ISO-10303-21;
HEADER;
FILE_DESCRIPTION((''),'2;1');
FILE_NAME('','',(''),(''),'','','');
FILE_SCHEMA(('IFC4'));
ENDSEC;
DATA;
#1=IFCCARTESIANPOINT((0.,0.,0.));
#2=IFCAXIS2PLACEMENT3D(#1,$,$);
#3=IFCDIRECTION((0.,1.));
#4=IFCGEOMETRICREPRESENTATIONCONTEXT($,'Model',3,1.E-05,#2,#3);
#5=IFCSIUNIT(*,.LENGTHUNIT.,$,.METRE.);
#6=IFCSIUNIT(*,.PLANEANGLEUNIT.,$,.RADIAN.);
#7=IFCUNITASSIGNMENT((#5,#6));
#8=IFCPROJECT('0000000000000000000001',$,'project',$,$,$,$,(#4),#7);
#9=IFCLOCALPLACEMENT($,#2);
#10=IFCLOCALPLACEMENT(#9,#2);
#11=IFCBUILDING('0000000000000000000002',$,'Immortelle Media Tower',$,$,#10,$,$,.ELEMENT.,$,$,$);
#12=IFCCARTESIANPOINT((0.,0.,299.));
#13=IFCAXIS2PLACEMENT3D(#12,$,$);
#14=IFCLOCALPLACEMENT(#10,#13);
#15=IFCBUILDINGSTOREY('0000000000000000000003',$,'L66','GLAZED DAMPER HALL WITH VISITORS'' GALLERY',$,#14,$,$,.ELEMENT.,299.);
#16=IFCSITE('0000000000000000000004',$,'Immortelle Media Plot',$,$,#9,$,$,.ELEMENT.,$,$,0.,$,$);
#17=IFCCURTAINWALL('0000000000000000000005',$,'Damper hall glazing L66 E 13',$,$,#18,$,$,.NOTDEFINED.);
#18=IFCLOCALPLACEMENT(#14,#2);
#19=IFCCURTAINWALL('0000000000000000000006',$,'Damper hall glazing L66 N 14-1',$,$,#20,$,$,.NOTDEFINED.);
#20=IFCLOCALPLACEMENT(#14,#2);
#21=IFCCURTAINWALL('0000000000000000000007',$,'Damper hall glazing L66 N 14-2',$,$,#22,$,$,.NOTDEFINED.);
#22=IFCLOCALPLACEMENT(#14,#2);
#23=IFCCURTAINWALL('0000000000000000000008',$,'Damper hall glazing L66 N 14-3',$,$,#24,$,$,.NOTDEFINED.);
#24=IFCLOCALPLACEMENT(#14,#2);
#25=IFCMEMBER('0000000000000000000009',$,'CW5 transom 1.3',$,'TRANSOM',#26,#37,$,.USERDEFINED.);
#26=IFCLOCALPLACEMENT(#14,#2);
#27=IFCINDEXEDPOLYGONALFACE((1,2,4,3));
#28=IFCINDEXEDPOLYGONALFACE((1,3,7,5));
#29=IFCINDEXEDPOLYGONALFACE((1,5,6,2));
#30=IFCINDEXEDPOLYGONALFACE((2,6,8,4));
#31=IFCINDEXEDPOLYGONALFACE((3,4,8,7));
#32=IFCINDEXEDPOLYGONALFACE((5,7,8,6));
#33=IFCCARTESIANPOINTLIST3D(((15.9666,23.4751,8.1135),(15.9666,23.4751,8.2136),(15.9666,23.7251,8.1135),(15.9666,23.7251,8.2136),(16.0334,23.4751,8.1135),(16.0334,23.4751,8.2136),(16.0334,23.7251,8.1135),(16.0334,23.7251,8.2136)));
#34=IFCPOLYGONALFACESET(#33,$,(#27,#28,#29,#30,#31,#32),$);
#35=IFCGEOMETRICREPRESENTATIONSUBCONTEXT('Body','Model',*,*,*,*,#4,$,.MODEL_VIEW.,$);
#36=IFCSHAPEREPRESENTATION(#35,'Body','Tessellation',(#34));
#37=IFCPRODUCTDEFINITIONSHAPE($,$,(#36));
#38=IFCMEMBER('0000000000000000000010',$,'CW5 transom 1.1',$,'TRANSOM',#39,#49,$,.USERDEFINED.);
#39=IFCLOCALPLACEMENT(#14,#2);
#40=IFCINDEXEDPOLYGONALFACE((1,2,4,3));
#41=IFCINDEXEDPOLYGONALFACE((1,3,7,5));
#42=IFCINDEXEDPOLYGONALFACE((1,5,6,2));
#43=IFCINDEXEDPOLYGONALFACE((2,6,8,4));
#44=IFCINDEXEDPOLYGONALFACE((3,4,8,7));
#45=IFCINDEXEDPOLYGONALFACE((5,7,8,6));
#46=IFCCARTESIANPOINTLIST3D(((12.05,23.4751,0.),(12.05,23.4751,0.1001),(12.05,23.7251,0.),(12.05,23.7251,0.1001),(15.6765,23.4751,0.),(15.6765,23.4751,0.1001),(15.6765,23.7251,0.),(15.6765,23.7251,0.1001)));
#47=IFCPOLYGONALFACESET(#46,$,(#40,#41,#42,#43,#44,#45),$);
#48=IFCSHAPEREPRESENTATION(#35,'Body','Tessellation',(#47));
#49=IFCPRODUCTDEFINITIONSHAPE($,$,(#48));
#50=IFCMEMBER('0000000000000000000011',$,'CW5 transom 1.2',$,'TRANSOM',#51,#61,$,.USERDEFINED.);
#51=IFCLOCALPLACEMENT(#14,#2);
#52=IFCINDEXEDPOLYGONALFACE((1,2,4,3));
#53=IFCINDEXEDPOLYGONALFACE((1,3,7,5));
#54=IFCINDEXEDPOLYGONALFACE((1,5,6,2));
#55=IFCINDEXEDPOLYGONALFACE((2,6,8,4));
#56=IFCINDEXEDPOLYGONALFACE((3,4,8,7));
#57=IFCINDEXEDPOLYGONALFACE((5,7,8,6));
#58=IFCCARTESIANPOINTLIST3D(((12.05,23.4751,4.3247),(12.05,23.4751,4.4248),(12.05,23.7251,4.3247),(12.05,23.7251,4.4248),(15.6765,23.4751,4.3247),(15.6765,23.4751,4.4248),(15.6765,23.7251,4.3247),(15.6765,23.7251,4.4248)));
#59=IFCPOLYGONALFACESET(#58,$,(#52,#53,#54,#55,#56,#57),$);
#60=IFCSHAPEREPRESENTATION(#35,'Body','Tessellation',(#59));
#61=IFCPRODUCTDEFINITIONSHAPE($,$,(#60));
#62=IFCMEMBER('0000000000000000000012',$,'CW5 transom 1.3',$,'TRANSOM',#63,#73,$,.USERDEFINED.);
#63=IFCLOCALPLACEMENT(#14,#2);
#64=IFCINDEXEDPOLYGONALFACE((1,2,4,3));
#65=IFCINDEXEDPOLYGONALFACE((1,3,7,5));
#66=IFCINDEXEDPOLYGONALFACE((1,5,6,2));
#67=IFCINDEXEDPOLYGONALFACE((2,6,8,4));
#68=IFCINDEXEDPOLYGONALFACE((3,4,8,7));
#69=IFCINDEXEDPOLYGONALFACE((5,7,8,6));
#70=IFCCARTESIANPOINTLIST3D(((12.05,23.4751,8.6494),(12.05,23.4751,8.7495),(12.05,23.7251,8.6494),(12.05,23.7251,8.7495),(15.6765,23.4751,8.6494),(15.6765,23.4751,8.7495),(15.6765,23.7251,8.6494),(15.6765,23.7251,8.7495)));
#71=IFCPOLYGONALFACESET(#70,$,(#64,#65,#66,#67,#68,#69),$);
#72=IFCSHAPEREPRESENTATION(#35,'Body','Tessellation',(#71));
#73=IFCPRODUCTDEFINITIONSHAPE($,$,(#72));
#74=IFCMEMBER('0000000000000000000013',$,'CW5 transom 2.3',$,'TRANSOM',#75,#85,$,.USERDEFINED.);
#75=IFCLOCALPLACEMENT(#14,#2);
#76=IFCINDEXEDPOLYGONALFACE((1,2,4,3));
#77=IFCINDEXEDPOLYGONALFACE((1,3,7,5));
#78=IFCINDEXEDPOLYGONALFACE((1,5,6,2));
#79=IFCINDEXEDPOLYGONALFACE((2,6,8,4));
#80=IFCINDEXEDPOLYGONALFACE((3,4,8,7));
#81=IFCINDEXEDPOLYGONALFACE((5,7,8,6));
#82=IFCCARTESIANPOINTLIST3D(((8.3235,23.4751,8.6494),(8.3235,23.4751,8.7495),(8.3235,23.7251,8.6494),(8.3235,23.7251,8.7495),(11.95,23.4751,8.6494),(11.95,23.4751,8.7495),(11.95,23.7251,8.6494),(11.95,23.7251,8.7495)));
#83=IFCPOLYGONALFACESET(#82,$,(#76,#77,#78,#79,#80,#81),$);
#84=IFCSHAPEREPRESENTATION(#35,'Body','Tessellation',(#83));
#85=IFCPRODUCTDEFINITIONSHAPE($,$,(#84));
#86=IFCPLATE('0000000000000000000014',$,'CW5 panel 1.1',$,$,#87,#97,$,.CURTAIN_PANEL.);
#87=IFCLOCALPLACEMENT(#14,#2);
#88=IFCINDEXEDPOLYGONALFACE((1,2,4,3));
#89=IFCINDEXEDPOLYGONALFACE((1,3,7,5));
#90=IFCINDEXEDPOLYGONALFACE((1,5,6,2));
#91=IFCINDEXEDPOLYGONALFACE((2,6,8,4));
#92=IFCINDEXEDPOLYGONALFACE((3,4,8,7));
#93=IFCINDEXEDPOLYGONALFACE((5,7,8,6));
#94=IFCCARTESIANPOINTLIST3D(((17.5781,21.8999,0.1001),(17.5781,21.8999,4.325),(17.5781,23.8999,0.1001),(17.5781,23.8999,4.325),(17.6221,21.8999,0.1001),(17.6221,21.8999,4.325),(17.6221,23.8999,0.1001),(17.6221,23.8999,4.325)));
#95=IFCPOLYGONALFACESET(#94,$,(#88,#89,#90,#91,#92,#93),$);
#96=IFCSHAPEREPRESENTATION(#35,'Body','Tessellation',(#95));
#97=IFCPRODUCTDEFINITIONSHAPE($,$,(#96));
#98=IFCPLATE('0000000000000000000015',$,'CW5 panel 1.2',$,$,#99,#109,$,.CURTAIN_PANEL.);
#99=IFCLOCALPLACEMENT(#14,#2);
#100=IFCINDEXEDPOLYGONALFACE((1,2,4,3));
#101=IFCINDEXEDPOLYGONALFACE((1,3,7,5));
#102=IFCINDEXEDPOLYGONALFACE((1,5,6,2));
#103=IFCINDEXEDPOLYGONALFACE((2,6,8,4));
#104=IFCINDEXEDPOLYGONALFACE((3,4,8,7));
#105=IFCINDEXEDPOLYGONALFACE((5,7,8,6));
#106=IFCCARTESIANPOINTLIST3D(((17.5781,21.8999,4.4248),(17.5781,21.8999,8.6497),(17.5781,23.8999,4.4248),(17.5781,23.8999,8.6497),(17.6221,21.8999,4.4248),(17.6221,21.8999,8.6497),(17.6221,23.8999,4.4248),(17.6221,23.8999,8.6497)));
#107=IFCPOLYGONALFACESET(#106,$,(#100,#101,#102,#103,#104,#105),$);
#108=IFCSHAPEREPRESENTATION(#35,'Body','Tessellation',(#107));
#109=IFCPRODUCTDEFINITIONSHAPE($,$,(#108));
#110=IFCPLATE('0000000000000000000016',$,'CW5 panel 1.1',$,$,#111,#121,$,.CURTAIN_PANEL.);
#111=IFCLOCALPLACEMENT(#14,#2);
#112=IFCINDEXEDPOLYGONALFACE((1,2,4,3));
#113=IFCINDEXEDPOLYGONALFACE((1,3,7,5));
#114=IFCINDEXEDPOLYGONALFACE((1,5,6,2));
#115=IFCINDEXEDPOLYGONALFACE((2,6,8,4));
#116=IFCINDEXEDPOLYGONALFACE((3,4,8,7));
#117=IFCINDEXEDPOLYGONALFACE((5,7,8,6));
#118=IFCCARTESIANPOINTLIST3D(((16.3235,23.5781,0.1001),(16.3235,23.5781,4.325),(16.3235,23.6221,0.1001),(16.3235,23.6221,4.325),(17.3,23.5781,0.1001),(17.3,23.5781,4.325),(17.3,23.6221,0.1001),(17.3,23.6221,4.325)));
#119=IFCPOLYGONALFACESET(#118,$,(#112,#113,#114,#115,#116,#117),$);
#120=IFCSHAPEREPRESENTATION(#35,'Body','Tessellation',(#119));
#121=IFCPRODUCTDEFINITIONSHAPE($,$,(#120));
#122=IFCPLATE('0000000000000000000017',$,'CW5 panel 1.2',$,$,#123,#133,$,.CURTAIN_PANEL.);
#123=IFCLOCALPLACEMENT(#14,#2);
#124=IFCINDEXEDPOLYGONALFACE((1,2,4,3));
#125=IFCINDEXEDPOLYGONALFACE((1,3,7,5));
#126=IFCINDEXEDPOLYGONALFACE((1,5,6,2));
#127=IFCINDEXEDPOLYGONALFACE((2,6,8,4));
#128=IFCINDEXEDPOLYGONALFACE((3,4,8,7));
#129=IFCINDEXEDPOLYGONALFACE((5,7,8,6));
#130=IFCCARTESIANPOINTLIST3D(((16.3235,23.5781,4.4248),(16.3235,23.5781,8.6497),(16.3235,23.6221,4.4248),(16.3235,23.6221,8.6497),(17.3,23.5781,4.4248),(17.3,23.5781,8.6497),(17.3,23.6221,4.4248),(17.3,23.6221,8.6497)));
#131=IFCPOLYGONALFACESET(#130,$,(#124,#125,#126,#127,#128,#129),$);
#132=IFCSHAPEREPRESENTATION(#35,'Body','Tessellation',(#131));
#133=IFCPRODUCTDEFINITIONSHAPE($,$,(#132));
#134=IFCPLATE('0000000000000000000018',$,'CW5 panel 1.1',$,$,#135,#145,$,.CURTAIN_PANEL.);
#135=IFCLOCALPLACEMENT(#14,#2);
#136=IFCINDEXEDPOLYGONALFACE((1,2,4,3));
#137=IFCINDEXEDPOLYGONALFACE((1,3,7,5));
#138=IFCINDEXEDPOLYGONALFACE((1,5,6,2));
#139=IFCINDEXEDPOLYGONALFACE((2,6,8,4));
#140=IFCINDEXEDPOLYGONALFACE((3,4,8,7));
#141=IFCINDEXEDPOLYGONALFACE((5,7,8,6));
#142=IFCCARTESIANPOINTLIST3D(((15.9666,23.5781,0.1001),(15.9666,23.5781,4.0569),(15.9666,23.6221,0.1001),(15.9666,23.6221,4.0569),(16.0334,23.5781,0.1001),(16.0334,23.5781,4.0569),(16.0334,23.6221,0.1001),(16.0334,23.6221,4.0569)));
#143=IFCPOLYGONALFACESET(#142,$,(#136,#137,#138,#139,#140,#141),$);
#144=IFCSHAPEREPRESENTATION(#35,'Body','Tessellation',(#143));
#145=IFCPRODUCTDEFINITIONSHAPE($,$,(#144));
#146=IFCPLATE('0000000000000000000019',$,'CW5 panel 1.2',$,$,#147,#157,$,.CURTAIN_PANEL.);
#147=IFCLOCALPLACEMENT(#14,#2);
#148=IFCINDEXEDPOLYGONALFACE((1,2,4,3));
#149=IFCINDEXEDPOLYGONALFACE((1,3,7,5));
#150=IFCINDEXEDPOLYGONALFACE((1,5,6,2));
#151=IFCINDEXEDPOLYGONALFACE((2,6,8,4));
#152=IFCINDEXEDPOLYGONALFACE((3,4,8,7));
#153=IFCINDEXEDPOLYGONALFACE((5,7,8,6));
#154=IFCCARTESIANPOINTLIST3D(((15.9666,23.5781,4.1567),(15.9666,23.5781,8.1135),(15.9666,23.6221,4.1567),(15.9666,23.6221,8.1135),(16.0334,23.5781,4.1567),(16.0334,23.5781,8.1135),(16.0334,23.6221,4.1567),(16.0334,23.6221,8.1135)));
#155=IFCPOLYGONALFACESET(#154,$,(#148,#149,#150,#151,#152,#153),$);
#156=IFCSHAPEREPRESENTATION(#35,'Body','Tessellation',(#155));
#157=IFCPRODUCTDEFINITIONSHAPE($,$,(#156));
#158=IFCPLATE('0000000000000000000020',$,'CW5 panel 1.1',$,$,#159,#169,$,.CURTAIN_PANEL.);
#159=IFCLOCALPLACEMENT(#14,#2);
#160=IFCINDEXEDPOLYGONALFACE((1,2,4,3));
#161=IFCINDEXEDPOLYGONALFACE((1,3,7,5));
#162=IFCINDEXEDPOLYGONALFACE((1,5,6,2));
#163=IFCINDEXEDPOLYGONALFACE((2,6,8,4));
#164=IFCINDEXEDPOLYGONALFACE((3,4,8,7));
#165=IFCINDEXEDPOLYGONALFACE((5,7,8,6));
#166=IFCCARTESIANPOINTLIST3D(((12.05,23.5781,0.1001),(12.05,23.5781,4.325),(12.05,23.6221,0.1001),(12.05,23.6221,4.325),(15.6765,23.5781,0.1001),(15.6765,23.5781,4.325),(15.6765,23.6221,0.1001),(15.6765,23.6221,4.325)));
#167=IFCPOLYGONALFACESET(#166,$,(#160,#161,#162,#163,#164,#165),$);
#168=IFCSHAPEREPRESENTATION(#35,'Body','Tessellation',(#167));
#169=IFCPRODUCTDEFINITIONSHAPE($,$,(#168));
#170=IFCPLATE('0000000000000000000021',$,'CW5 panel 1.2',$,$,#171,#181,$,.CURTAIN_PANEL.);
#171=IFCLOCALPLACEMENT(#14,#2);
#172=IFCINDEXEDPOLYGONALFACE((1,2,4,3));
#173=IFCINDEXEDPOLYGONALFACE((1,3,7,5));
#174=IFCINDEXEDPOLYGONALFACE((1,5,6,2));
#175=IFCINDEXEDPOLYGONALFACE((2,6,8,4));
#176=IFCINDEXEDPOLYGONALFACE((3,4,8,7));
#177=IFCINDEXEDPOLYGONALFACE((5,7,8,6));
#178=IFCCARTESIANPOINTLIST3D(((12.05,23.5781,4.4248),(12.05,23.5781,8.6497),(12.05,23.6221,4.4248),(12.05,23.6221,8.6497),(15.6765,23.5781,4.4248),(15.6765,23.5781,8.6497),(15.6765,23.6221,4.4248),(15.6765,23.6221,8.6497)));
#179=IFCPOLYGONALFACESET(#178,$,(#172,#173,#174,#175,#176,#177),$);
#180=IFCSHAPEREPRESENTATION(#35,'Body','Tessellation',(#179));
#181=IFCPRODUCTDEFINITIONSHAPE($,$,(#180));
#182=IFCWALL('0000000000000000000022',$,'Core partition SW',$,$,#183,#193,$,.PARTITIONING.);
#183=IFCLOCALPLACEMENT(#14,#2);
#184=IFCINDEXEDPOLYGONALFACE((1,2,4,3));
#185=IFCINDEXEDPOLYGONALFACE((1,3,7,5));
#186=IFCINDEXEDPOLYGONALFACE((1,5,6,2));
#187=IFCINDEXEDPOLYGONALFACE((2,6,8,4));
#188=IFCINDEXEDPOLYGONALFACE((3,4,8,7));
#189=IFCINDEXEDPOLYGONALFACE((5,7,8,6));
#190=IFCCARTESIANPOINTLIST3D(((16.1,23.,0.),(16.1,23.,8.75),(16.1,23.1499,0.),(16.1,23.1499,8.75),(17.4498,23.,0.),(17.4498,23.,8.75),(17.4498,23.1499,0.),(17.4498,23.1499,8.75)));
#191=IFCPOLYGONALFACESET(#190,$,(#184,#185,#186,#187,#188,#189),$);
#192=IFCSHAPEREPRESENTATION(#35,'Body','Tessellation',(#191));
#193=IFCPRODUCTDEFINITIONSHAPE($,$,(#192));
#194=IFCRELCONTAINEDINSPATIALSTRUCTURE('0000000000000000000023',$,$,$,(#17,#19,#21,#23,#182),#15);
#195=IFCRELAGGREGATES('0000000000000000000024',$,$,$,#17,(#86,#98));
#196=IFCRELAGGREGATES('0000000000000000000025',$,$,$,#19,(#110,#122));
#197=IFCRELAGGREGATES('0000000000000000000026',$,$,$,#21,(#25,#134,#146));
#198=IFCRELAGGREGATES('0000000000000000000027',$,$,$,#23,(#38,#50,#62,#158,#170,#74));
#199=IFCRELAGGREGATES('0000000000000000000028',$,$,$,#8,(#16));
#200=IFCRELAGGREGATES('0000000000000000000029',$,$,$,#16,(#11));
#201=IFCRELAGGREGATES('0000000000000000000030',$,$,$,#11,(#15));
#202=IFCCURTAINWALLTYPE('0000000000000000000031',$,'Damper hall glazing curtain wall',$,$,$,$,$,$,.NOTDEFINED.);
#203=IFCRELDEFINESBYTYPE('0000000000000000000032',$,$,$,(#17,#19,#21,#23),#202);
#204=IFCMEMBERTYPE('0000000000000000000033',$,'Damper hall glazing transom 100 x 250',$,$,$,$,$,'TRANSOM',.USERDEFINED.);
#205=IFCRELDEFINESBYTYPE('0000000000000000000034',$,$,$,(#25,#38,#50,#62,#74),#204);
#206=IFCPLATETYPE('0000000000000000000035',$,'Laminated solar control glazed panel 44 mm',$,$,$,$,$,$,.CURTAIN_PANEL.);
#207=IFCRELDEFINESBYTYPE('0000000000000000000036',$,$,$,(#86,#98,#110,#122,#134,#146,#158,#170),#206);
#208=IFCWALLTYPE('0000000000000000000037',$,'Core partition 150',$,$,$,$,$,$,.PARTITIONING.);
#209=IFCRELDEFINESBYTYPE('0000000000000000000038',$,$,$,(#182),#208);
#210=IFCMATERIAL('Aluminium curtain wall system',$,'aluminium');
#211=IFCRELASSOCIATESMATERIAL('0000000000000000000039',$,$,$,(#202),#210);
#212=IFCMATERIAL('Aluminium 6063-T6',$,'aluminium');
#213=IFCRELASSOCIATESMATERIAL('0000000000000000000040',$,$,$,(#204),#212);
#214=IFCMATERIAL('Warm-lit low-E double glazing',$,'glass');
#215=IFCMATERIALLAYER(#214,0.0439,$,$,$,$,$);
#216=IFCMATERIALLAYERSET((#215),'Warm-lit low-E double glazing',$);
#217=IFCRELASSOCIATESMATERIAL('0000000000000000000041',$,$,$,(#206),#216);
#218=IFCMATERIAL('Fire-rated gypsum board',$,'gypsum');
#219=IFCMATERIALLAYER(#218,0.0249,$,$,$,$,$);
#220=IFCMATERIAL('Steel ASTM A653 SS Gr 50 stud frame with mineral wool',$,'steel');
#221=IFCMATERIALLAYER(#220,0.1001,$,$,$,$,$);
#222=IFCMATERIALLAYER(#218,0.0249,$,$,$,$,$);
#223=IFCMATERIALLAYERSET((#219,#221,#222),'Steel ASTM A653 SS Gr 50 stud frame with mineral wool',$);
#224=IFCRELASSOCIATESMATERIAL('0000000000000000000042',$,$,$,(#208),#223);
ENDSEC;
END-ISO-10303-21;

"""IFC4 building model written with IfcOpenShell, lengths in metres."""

from ifc_helpers import new_model, si_unit, direction, frame, frame_2d, origin, origin_2d, place, context, subcontext, project, spatial, rectangle, extrude, material, layer, layer_set, material_profile, profile_set, type_object, element, aggregate, save


model = new_model("IFC4")

# Units and contexts
model_context = context("Model", 3, precision=1e-05, world=origin(), true_north=direction((0.0, 1.0)))
body_context = subcontext(model_context, "Body", "Model", "MODEL_VIEW")
ifc_project = project(units=[si_unit("LENGTHUNIT", "METRE"), si_unit("PLANEANGLEUNIT", "RADIAN")], contexts=[model_context])

# Site, building, storey
site_placement = place(None, origin())
site = spatial("IfcSite", under=ifc_project, at=site_placement, Name="Immortelle Media Plot", CompositionType="ELEMENT", RefElevation=0.0)
building_placement = place(site_placement, origin())
building = spatial("IfcBuilding", under=site, at=building_placement, Name="Immortelle Media Tower", CompositionType="ELEMENT")
storey_placement = place(building_placement, frame((0.0, 0.0, 299.0)))
storey = spatial("IfcBuildingStorey", under=building, at=storey_placement, Name="L66", Description="GLAZED DAMPER HALL WITH VISITORS' GALLERY", CompositionType="ELEMENT", Elevation=299.0)

# Curtain wall
ifc_material_1 = material(Name="Aluminium curtain wall system", Category="aluminium")
curtain_wall_type = type_object("IfcCurtainWallType", Name="Damper hall glazing curtain wall", PredefinedType="NOTDEFINED", material=ifc_material_1)
ifc_material_2 = material(Name="Aluminium 6063-T6", Category="aluminium")
curtain_wall_1_placement = place(storey_placement, origin())
curtain_wall_1 = element("IfcCurtainWall", 1, at=curtain_wall_1_placement, inside=storey, type_object=curtain_wall_type, Name="Damper hall glazing L66 E 13", PredefinedType="NOTDEFINED")

# Curtain walls
curtain_wall_2_placement = place(storey_placement, origin())
curtain_wall_2 = element("IfcCurtainWall", 2, at=curtain_wall_2_placement, inside=storey, type_object=curtain_wall_type, Name="Damper hall glazing L66 N 14-1", PredefinedType="NOTDEFINED")
curtain_wall_3_placement = place(storey_placement, origin())
curtain_wall_3 = element("IfcCurtainWall", 3, at=curtain_wall_3_placement, inside=storey, type_object=curtain_wall_type, Name="Damper hall glazing L66 N 14-2", PredefinedType="NOTDEFINED")
curtain_wall_4_placement = place(storey_placement, origin())
curtain_wall_4 = element("IfcCurtainWall", 4, at=curtain_wall_4_placement, inside=storey, type_object=curtain_wall_type, Name="Damper hall glazing L66 N 14-3", PredefinedType="NOTDEFINED")

# Members
ifc_material_profile_1 = material_profile(ifc_material_2, rectangle(XDim=0.25, YDim=0.1001, at=origin_2d()), Name="AL 100x250")
ifc_profile_set_1 = profile_set([ifc_material_profile_1], Name="Aluminium 6063-T6")
member_type_1 = type_object("IfcMemberType", Name="Damper hall glazing transom 100 x 250", ElementType="TRANSOM", PredefinedType="USERDEFINED", material=ifc_profile_set_1)
member_1_placement = place(storey_placement, frame((16.0334, 23.6001, 8.1636), z_axis=(-1.0, 0.0, 0.0), x_axis=(0.0, -1.0, 0.0)))
member_1 = element("IfcMember", 5, at=member_1_placement, type_object=member_type_1, Name="CW5 transom 1.3", ObjectType="TRANSOM", PredefinedType="USERDEFINED", context=body_context, shape_type="SweptSolid", body=[
    extrude(rectangle(XDim=0.25, YDim=0.1001, at=origin_2d()), origin(), (0.0, 0.0, 1.0), 0.0669),
])
member_2_placement = place(storey_placement, frame((15.6765, 23.6001, 0.05), z_axis=(-1.0, 0.0, 0.0), x_axis=(0.0, -1.0, 0.0)))
member_2 = element("IfcMember", 6, at=member_2_placement, type_object=member_type_1, Name="CW5 transom 1.1", ObjectType="TRANSOM", PredefinedType="USERDEFINED", context=body_context, shape_type="SweptSolid", body=[
    extrude(rectangle(XDim=0.25, YDim=0.1001, at=origin_2d()), origin(), (0.0, 0.0, 1.0), 3.6265),
])
member_3_placement = place(storey_placement, frame((15.6765, 23.6001, 4.3748), z_axis=(-1.0, 0.0, 0.0), x_axis=(0.0, -1.0, 0.0)))
member_3 = element("IfcMember", 7, at=member_3_placement, type_object=member_type_1, Name="CW5 transom 1.2", ObjectType="TRANSOM", PredefinedType="USERDEFINED", context=body_context, shape_type="SweptSolid", body=[
    extrude(rectangle(XDim=0.25, YDim=0.1001, at=origin_2d()), origin(), (0.0, 0.0, 1.0), 3.6265),
])
member_4_placement = place(storey_placement, frame((15.6765, 23.6001, 8.6995), z_axis=(-1.0, 0.0, 0.0), x_axis=(0.0, -1.0, 0.0)))
member_4 = element("IfcMember", 8, at=member_4_placement, type_object=member_type_1, Name="CW5 transom 1.3", ObjectType="TRANSOM", PredefinedType="USERDEFINED", context=body_context, shape_type="SweptSolid", body=[
    extrude(rectangle(XDim=0.25, YDim=0.1001, at=origin_2d()), origin(), (0.0, 0.0, 1.0), 3.6265),
])
member_5_placement = place(storey_placement, frame((11.95, 23.6001, 8.6995), z_axis=(-1.0, 0.0, 0.0), x_axis=(0.0, -1.0, 0.0)))
member_5 = element("IfcMember", 9, at=member_5_placement, type_object=member_type_1, Name="CW5 transom 2.3", ObjectType="TRANSOM", PredefinedType="USERDEFINED", context=body_context, shape_type="SweptSolid", body=[
    extrude(rectangle(XDim=0.25, YDim=0.1001, at=origin_2d()), origin(), (0.0, 0.0, 1.0), 3.6265),
])

# Plates
ifc_material_3 = material(Name="Warm-lit low-E double glazing", Category="glass")
ifc_layer_1 = layer(ifc_material_3, 0.0439)
ifc_layer_set_1 = layer_set([ifc_layer_1], Name="Warm-lit low-E double glazing")
plate_type = type_object("IfcPlateType", Name="Laminated solar control glazed panel 44 mm", PredefinedType="CURTAIN_PANEL", material=ifc_layer_set_1)
plate_1_placement = place(storey_placement, frame((17.6001, 22.8999, 0.1001), z_axis=(0.0, 0.0, 1.0), x_axis=(0.0, 1.0, 0.0)))
plate_1 = element("IfcPlate", 10, at=plate_1_placement, type_object=plate_type, Name="CW5 panel 1.1", PredefinedType="CURTAIN_PANEL", context=body_context, shape_type="SweptSolid", body=[
    extrude(rectangle(XDim=2.0, YDim=0.0439, at=origin_2d()), origin(), (0.0, 0.0, 1.0), 4.2249),
])
plate_2_placement = place(storey_placement, frame((17.6001, 22.8999, 4.4248), z_axis=(0.0, 0.0, 1.0), x_axis=(0.0, 1.0, 0.0)))
plate_2 = element("IfcPlate", 11, at=plate_2_placement, type_object=plate_type, Name="CW5 panel 1.2", PredefinedType="CURTAIN_PANEL", context=body_context, shape_type="SweptSolid", body=[
    extrude(rectangle(XDim=2.0, YDim=0.0439, at=origin_2d()), origin(), (0.0, 0.0, 1.0), 4.2249),
])
aggregate(curtain_wall_1, [plate_1, plate_2])
plate_3_placement = place(storey_placement, frame((16.8118, 23.6001, 0.1001), z_axis=(0.0, 0.0, 1.0), x_axis=(-1.0, 0.0, 0.0)))
plate_3 = element("IfcPlate", 12, at=plate_3_placement, type_object=plate_type, Name="CW5 panel 1.1", PredefinedType="CURTAIN_PANEL", context=body_context, shape_type="SweptSolid", body=[
    extrude(rectangle(XDim=0.9766, YDim=0.0439, at=origin_2d()), origin(), (0.0, 0.0, 1.0), 4.2249),
])
plate_4_placement = place(storey_placement, frame((16.8118, 23.6001, 4.4248), z_axis=(0.0, 0.0, 1.0), x_axis=(-1.0, 0.0, 0.0)))
plate_4 = element("IfcPlate", 13, at=plate_4_placement, type_object=plate_type, Name="CW5 panel 1.2", PredefinedType="CURTAIN_PANEL", context=body_context, shape_type="SweptSolid", body=[
    extrude(rectangle(XDim=0.9766, YDim=0.0439, at=origin_2d()), origin(), (0.0, 0.0, 1.0), 4.2249),
])
aggregate(curtain_wall_2, [plate_3, plate_4])
plate_5_placement = place(storey_placement, frame((16.0, 23.6001, 0.1001), z_axis=(0.0, 0.0, 1.0), x_axis=(-1.0, 0.0, 0.0)))
plate_5 = element("IfcPlate", 14, at=plate_5_placement, type_object=plate_type, Name="CW5 panel 1.1", PredefinedType="CURTAIN_PANEL", context=body_context, shape_type="SweptSolid", body=[
    extrude(rectangle(XDim=0.0669, YDim=0.0439, at=origin_2d()), origin(), (0.0, 0.0, 1.0), 3.9568),
])
plate_6_placement = place(storey_placement, frame((16.0, 23.6001, 4.1567), z_axis=(0.0, 0.0, 1.0), x_axis=(-1.0, 0.0, 0.0)))
plate_6 = element("IfcPlate", 15, at=plate_6_placement, type_object=plate_type, Name="CW5 panel 1.2", PredefinedType="CURTAIN_PANEL", context=body_context, shape_type="SweptSolid", body=[
    extrude(rectangle(XDim=0.0669, YDim=0.0439, at=origin_2d()), origin(), (0.0, 0.0, 1.0), 3.9568),
])
aggregate(curtain_wall_3, [member_1, plate_5, plate_6])
plate_7_placement = place(storey_placement, frame((13.8633, 23.6001, 0.1001), z_axis=(0.0, 0.0, 1.0), x_axis=(-1.0, 0.0, 0.0)))
plate_7 = element("IfcPlate", 16, at=plate_7_placement, type_object=plate_type, Name="CW5 panel 1.1", PredefinedType="CURTAIN_PANEL", context=body_context, shape_type="SweptSolid", body=[
    extrude(rectangle(XDim=3.6265, YDim=0.0439, at=origin_2d()), origin(), (0.0, 0.0, 1.0), 4.2249),
])
plate_8_placement = place(storey_placement, frame((13.8633, 23.6001, 4.4248), z_axis=(0.0, 0.0, 1.0), x_axis=(-1.0, 0.0, 0.0)))
plate_8 = element("IfcPlate", 17, at=plate_8_placement, type_object=plate_type, Name="CW5 panel 1.2", PredefinedType="CURTAIN_PANEL", context=body_context, shape_type="SweptSolid", body=[
    extrude(rectangle(XDim=3.6265, YDim=0.0439, at=origin_2d()), origin(), (0.0, 0.0, 1.0), 4.2249),
])
aggregate(curtain_wall_4, [member_2, member_3, member_4, plate_7, plate_8, member_5])

# Wall
ifc_material_4 = material(Name="Fire-rated gypsum board", Category="gypsum")
ifc_layer_2 = layer(ifc_material_4, 0.0249)
ifc_material_5 = material(Name="Steel ASTM A653 SS Gr 50 stud frame with mineral wool", Category="steel")
ifc_layer_3 = layer(ifc_material_5, 0.1001)
ifc_layer_4 = layer(ifc_material_4, 0.0249)
ifc_layer_set_2 = layer_set([ifc_layer_2, ifc_layer_3, ifc_layer_4], Name="Steel ASTM A653 SS Gr 50 stud frame with mineral wool")
wall_type = type_object("IfcWallType", Name="Core partition 150", PredefinedType="PARTITIONING", material=ifc_layer_set_2)
wall_placement = place(storey_placement, frame((16.1001, 23.075, 0.0), z_axis=(0.0, 0.0, 1.0), x_axis=(1.0, 0.0, 0.0)))
element("IfcWall", 18, at=wall_placement, inside=storey, type_object=wall_type, Name="Core partition SW", PredefinedType="PARTITIONING", context=body_context, shape_type="SweptSolid", body=[
    extrude(rectangle(XDim=1.3499, YDim=0.1499, at=frame_2d((0.6748, 0.0))), origin(), (0.0, 0.0, 1.0), 8.75),
])

save(model, "model.ifc")
